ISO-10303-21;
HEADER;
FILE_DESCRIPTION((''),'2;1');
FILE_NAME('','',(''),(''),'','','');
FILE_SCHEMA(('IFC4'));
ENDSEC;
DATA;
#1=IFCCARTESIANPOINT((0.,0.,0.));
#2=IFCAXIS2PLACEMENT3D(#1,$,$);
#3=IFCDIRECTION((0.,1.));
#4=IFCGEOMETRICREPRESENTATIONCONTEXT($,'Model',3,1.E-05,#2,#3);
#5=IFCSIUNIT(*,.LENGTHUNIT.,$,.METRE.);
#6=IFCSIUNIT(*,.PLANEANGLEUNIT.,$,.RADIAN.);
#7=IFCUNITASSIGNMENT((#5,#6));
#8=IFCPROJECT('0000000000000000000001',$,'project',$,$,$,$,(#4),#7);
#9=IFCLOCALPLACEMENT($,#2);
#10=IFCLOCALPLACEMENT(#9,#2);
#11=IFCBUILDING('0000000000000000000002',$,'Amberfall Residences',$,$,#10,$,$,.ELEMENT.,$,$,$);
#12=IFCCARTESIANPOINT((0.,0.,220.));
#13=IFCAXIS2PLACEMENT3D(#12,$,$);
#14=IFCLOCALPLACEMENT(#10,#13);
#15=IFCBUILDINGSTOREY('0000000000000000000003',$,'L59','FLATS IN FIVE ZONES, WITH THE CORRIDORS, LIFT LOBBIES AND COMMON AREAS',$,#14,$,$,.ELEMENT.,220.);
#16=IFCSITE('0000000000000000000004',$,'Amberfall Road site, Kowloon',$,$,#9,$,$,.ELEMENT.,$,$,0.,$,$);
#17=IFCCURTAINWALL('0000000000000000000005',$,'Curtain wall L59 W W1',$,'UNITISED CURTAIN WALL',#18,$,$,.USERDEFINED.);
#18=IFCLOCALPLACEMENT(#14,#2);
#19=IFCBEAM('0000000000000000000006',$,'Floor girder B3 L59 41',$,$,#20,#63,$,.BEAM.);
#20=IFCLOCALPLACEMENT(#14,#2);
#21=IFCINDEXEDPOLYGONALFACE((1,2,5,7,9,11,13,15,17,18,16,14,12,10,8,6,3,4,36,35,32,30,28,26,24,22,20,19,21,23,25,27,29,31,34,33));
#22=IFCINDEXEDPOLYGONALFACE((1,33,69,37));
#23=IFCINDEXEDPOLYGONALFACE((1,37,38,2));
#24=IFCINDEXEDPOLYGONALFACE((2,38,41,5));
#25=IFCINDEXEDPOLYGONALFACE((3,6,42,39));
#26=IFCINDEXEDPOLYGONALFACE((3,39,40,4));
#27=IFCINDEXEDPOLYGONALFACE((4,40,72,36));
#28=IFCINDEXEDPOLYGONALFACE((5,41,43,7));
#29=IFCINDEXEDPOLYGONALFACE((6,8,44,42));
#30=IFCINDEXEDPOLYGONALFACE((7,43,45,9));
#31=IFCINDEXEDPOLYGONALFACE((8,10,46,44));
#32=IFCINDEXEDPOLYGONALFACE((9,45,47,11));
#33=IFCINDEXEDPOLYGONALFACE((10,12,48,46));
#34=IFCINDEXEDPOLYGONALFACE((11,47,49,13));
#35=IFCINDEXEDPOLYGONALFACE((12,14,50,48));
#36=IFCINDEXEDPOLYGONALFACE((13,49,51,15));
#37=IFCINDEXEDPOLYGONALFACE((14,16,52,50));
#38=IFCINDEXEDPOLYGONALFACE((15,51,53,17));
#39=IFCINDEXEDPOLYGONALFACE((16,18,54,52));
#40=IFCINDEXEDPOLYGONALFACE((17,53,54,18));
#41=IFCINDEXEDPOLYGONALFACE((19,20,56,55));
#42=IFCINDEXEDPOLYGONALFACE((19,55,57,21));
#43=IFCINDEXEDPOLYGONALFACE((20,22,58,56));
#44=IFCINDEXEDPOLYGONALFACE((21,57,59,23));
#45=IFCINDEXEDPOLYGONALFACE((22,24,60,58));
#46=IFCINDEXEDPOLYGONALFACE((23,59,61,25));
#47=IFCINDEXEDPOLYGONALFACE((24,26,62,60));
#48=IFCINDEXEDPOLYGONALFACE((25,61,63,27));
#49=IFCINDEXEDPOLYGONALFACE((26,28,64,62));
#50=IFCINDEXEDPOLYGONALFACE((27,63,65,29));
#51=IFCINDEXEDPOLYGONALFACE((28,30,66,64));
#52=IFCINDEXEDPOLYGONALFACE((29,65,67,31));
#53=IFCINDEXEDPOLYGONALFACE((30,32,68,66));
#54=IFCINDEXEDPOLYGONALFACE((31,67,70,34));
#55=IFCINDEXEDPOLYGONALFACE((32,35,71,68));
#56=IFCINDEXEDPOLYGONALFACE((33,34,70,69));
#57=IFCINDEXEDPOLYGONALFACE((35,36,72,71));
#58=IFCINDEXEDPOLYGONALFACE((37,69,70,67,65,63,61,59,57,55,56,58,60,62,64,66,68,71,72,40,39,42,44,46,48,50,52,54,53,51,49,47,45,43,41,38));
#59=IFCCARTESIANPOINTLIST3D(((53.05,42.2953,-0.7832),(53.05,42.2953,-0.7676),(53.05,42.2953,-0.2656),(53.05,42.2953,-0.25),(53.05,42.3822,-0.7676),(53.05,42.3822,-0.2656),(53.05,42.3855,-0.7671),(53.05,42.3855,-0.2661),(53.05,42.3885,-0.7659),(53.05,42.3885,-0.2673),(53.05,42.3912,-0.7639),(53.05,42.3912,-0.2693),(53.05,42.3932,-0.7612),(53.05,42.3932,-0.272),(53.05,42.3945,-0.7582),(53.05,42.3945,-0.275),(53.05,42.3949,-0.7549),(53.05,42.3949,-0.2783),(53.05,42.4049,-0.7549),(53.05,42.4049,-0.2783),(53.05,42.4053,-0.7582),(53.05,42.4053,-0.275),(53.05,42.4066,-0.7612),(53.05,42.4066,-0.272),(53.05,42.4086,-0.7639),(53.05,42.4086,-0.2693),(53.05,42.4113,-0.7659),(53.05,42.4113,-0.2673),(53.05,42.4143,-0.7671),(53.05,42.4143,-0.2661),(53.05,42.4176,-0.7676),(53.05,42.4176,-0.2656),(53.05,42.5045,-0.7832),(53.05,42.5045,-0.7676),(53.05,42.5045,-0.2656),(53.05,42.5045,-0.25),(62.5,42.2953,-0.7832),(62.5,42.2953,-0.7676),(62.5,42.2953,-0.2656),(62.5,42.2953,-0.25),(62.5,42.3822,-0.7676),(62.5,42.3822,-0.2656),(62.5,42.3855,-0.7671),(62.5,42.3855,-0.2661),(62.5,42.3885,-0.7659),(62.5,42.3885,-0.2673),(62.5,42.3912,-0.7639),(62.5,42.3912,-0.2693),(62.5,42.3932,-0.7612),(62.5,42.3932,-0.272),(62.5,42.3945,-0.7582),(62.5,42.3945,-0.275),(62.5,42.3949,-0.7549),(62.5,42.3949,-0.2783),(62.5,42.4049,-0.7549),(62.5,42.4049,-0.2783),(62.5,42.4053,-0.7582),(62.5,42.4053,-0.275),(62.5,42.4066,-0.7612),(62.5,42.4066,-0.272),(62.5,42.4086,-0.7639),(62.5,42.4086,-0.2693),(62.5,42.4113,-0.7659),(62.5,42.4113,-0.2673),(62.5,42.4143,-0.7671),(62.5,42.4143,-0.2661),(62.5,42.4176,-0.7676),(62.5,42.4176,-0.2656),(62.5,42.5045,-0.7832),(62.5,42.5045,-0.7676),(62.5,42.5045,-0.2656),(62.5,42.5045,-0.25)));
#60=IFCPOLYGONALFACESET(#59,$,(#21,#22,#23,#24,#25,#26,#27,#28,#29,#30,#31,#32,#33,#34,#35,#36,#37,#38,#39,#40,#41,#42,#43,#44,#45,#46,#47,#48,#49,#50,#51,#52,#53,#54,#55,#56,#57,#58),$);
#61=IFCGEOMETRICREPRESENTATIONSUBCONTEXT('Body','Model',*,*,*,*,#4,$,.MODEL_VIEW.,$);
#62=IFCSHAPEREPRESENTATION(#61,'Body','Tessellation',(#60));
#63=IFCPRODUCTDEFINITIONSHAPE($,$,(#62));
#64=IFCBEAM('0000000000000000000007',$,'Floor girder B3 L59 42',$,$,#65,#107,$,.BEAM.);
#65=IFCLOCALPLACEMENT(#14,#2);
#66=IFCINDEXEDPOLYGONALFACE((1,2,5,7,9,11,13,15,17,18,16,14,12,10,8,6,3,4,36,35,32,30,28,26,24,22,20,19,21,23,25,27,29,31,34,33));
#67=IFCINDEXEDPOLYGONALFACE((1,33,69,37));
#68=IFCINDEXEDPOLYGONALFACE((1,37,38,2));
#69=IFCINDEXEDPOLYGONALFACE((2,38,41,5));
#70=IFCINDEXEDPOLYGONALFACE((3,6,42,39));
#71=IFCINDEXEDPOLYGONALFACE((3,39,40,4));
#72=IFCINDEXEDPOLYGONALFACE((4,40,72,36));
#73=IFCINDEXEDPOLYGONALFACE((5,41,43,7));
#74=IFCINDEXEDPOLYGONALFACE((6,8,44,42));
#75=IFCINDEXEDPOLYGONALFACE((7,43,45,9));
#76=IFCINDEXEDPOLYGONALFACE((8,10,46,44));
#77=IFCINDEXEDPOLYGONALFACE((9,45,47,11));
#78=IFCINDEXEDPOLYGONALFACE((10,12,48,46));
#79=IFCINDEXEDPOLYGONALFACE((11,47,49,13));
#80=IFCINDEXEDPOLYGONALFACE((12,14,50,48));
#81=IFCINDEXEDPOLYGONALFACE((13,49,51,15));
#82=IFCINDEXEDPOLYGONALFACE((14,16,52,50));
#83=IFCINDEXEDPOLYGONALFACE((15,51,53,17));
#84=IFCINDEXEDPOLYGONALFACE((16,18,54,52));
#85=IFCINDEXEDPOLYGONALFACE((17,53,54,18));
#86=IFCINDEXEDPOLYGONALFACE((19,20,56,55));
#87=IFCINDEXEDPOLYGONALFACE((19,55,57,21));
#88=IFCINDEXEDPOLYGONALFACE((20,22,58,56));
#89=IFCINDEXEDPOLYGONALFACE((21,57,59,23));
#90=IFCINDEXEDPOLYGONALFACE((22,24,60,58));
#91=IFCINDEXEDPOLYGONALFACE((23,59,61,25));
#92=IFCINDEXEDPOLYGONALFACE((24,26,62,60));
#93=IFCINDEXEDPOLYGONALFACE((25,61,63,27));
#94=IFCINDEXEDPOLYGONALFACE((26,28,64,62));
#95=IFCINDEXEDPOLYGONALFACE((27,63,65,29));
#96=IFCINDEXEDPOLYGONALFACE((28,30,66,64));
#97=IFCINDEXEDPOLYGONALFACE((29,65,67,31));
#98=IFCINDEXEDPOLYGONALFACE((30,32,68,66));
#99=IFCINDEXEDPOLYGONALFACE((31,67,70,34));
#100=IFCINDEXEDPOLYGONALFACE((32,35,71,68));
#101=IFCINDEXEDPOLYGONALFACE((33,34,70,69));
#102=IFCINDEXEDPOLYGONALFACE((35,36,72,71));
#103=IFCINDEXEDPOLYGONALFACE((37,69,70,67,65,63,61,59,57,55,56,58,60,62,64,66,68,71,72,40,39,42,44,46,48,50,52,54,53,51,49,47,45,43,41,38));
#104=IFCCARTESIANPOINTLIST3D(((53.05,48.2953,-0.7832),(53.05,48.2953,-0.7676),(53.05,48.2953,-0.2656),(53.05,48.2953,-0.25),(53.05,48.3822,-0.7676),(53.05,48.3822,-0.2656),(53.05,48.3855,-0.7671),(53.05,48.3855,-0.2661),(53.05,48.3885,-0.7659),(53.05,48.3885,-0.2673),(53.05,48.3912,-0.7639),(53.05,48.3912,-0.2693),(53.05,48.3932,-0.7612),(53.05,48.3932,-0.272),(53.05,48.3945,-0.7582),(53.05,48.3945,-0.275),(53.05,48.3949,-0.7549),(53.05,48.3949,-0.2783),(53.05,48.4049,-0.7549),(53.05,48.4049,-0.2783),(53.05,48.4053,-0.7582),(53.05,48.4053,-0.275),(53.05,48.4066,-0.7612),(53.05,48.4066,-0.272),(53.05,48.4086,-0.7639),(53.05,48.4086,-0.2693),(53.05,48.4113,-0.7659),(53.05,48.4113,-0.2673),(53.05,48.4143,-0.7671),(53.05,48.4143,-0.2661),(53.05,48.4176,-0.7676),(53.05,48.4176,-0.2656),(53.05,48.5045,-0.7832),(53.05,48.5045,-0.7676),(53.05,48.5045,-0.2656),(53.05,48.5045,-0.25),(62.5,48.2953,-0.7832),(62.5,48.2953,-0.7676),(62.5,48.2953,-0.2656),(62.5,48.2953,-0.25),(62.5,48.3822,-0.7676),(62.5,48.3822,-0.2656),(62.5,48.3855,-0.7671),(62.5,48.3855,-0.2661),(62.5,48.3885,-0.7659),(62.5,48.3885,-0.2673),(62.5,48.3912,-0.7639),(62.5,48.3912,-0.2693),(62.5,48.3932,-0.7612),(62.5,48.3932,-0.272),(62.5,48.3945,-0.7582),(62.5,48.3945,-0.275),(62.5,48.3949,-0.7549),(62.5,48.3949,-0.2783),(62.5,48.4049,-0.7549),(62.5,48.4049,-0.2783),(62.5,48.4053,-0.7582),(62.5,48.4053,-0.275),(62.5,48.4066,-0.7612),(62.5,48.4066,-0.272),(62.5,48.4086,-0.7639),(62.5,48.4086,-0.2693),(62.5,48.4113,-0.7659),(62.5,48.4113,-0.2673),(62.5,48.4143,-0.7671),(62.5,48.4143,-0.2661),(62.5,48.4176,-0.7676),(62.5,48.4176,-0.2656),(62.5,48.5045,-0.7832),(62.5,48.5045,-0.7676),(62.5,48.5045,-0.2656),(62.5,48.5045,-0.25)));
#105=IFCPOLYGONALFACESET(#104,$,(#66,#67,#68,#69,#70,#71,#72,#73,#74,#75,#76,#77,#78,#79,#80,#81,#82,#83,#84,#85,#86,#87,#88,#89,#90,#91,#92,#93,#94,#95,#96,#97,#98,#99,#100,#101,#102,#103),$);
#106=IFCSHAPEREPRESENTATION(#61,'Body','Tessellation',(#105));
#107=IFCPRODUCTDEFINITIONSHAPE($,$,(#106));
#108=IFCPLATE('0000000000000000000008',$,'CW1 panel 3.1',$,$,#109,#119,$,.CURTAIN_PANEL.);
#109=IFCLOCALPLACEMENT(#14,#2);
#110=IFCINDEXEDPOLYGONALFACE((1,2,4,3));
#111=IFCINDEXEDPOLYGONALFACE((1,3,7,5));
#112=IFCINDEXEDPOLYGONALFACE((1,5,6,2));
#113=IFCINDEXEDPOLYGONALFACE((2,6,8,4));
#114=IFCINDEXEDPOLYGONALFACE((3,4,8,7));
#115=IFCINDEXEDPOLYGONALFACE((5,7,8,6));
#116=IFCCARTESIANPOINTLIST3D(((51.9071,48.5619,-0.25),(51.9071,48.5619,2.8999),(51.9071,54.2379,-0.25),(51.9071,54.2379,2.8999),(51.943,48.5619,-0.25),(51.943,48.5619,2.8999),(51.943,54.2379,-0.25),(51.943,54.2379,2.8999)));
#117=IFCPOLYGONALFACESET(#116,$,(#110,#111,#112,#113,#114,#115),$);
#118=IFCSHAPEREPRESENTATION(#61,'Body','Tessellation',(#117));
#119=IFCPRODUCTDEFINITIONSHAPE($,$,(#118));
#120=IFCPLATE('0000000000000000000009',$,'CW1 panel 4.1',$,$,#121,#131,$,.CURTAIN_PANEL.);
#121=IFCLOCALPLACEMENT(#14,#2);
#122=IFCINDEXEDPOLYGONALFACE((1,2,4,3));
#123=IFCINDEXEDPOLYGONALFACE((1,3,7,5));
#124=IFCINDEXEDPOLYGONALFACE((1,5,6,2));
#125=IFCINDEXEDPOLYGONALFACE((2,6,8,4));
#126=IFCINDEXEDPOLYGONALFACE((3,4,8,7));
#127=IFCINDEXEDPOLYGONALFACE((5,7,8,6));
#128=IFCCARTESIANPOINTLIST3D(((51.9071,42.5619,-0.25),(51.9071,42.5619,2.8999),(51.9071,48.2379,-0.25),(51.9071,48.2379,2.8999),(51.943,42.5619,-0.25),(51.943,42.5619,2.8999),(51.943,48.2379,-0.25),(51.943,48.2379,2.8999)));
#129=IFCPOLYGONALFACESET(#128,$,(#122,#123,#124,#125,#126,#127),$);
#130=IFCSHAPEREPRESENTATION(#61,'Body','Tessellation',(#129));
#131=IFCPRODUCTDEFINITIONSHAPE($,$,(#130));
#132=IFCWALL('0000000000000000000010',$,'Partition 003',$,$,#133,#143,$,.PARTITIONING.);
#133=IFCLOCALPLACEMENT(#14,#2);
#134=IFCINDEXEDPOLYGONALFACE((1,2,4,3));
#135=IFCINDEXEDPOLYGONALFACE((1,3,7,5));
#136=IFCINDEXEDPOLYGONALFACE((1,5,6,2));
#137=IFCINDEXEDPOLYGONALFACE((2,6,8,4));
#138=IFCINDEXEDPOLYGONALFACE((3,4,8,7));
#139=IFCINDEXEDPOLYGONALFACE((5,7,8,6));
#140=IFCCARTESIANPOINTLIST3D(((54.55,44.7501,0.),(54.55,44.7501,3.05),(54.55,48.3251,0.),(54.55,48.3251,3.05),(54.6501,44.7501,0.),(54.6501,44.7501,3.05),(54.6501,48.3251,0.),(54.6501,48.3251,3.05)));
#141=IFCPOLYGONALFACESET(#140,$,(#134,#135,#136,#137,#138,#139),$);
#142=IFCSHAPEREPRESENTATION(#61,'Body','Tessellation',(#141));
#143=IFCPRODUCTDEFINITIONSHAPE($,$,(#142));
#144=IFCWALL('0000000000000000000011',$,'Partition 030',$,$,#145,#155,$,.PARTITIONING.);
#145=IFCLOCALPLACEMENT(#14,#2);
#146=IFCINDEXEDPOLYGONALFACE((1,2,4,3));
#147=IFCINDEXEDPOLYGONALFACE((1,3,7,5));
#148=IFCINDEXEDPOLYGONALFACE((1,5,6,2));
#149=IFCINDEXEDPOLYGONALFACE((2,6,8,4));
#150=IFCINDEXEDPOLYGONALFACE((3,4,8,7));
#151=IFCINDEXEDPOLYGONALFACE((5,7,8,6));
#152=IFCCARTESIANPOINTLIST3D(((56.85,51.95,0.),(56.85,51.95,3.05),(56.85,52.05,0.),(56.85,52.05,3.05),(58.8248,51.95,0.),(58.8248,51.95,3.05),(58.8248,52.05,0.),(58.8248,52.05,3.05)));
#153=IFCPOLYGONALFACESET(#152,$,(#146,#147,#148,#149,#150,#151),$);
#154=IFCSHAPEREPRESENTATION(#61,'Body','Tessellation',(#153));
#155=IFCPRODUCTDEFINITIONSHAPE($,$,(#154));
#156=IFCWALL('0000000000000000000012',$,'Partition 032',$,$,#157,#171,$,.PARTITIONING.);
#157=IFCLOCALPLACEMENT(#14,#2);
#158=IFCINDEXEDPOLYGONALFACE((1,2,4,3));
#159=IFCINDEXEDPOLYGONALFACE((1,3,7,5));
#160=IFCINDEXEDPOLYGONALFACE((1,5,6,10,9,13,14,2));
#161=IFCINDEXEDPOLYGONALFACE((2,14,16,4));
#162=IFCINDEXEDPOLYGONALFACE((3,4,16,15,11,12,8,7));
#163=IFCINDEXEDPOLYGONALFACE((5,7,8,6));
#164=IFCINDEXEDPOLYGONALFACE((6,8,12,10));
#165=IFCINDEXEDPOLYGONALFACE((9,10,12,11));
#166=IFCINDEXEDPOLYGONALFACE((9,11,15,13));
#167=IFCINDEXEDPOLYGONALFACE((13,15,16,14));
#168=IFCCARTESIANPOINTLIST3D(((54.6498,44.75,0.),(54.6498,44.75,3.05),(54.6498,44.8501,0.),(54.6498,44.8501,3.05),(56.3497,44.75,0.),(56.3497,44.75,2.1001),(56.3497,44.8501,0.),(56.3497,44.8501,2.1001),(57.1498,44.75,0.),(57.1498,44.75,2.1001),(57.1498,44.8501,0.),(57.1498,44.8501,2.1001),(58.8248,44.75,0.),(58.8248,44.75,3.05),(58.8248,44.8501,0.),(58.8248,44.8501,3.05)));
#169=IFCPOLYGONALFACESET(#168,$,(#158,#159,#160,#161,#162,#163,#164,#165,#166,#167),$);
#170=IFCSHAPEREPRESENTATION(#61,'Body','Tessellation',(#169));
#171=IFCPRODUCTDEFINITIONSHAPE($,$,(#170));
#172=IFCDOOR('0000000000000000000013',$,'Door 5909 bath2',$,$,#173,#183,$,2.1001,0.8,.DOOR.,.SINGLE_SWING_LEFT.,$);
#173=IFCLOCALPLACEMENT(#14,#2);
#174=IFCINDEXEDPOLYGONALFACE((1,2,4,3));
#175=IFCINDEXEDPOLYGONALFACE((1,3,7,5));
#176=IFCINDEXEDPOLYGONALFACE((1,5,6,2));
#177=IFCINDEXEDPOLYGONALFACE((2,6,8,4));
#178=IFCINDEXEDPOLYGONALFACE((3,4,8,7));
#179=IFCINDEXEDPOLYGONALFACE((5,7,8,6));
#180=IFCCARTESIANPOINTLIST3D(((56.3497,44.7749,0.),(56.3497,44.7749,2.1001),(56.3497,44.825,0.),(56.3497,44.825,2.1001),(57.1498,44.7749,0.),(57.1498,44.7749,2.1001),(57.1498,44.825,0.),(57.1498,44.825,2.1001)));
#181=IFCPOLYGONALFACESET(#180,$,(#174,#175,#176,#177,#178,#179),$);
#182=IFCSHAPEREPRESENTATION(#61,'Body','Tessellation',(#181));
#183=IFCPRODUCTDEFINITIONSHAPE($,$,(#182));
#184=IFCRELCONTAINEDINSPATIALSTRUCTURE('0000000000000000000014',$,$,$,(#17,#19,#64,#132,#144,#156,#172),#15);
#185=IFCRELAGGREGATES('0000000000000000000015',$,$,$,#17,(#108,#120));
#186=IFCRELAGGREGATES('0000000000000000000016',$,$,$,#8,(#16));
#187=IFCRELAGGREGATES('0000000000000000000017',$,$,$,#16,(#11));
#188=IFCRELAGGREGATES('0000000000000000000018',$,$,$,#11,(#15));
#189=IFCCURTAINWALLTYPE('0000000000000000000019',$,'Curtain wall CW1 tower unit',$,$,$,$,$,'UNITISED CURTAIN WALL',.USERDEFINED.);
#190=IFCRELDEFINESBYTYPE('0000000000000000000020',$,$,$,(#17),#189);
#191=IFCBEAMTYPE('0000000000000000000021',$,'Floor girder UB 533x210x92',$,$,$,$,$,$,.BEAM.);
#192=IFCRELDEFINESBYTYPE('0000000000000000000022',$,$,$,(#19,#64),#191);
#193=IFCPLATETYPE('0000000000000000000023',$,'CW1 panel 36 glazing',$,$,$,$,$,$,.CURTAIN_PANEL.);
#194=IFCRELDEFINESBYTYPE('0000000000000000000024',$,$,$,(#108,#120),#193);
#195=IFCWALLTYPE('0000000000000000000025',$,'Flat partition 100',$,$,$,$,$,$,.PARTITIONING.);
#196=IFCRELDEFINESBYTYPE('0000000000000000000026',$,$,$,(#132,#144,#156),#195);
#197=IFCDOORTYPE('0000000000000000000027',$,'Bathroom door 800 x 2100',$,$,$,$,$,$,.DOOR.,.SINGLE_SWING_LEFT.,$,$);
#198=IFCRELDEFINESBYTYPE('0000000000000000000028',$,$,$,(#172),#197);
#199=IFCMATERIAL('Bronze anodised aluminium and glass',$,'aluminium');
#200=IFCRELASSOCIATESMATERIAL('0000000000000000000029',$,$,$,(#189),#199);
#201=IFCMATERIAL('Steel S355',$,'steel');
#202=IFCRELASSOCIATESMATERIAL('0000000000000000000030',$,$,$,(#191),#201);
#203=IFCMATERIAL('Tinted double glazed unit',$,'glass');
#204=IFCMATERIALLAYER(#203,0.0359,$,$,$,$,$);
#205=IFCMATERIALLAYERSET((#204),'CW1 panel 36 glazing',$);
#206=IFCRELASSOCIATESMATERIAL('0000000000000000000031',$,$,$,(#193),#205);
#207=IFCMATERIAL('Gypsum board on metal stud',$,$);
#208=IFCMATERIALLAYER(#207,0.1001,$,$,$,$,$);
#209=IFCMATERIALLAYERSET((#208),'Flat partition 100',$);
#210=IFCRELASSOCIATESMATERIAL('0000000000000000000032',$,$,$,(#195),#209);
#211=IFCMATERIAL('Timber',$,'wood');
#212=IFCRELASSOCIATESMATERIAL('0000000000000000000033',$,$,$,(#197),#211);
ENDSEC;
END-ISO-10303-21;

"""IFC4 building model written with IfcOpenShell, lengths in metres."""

from ifc_helpers import new_model, si_unit, direction, frame, frame_2d, origin, origin_2d, place, context, subcontext, project, spatial, rectangle, i_section, extrude, material, layer, layer_set, material_profile, profile_set, type_object, element, fill, aggregate, save


model = new_model("IFC4")

# Units and contexts
model_context = context("Model", 3, precision=1e-05, world=origin(), true_north=direction((0.0, 1.0)))
body_context = subcontext(model_context, "Body", "Model", "MODEL_VIEW")
ifc_project = project(units=[si_unit("LENGTHUNIT", "METRE"), si_unit("PLANEANGLEUNIT", "RADIAN")], contexts=[model_context])

# Site, building, storey
site_placement = place(None, origin())
site = spatial("IfcSite", under=ifc_project, at=site_placement, Name="Amberfall Road site, Kowloon", CompositionType="ELEMENT", RefElevation=0.0)
building_placement = place(site_placement, origin())
building = spatial("IfcBuilding", under=site, at=building_placement, Name="Amberfall Residences", CompositionType="ELEMENT")
storey_placement = place(building_placement, frame((0.0, 0.0, 220.0)))
storey = spatial("IfcBuildingStorey", under=building, at=storey_placement, Name="L59", Description="FLATS IN FIVE ZONES, WITH THE CORRIDORS, LIFT LOBBIES AND COMMON AREAS", CompositionType="ELEMENT", Elevation=220.0)

# Curtain wall
ifc_material_1 = material(Name="Bronze anodised aluminium and glass", Category="aluminium")
curtain_wall_type = type_object("IfcCurtainWallType", Name="Curtain wall CW1 tower unit", ElementType="UNITISED CURTAIN WALL", PredefinedType="USERDEFINED", material=ifc_material_1)
curtain_wall_placement = place(storey_placement, origin())
curtain_wall = element("IfcCurtainWall", 1, at=curtain_wall_placement, inside=storey, type_object=curtain_wall_type, Name="Curtain wall L59 W W1", ObjectType="UNITISED CURTAIN WALL", PredefinedType="USERDEFINED")

# Shared definitions
ifc_material_2 = material(Name="Steel S355", Category="steel")

# Beams
ifc_material_profile_1 = material_profile(ifc_material_2, i_section(OverallWidth=0.2092, OverallDepth=0.5332, WebThickness=0.01, FlangeThickness=0.0156, FilletRadius=0.0127, at=origin_2d()), Name="UB 533x210x92")
ifc_profile_set_1 = profile_set([ifc_material_profile_1], Name="Steel S355")
beam_type_1 = type_object("IfcBeamType", Name="Floor girder UB 533x210x92", PredefinedType="BEAM", material=ifc_profile_set_1)
for number, where, z_axis, x_axis, name in (
    (2, (53.05, 42.3999, -0.5166), (1.0, 0.0, 0.0), (0.0, 1.0, 0.0), "Floor girder B3 L59 41"),
    (3, (53.05, 48.3999, -0.5166), (1.0, 0.0, 0.0), (0.0, 1.0, 0.0), "Floor girder B3 L59 42"),
):
    element("IfcBeam", number, at=place(storey_placement, frame(where, z_axis=z_axis, x_axis=x_axis)), inside=storey, type_object=beam_type_1, Name=name, PredefinedType="BEAM", context=body_context, shape_type="SweptSolid", body=[
        extrude(i_section(OverallWidth=0.2092, OverallDepth=0.5332, WebThickness=0.01, FlangeThickness=0.0156, FilletRadius=0.0127, at=origin_2d()), origin(), (0.0, 0.0, 1.0), 9.45),
    ])

# Plates
ifc_material_3 = material(Name="Tinted double glazed unit", Category="glass")
ifc_layer_1 = layer(ifc_material_3, 0.0359)
ifc_layer_set_1 = layer_set([ifc_layer_1], Name="CW1 panel 36 glazing")
plate_type = type_object("IfcPlateType", Name="CW1 panel 36 glazing", PredefinedType="CURTAIN_PANEL", material=ifc_layer_set_1)
plate_1_placement = place(storey_placement, frame((51.925, 51.3999, -0.25), z_axis=(0.0, 0.0, 1.0), x_axis=(0.0, -1.0, 0.0)))
plate_1 = element("IfcPlate", 4, at=plate_1_placement, type_object=plate_type, Name="CW1 panel 3.1", PredefinedType="CURTAIN_PANEL", context=body_context, shape_type="SweptSolid", body=[
    extrude(rectangle(XDim=5.676, YDim=0.0359, at=origin_2d()), origin(), (0.0, 0.0, 1.0), 3.1499),
])
plate_2_placement = place(storey_placement, frame((51.925, 45.3999, -0.25), z_axis=(0.0, 0.0, 1.0), x_axis=(0.0, -1.0, 0.0)))
plate_2 = element("IfcPlate", 5, at=plate_2_placement, type_object=plate_type, Name="CW1 panel 4.1", PredefinedType="CURTAIN_PANEL", context=body_context, shape_type="SweptSolid", body=[
    extrude(rectangle(XDim=5.676, YDim=0.0359, at=origin_2d()), origin(), (0.0, 0.0, 1.0), 3.1499),
])
aggregate(curtain_wall, [plate_1, plate_2])

# Walls
ifc_material_4 = material(Name="Gypsum board on metal stud")
ifc_layer_2 = layer(ifc_material_4, 0.1001)
ifc_layer_set_2 = layer_set([ifc_layer_2], Name="Flat partition 100")
wall_type_1 = type_object("IfcWallType", Name="Flat partition 100", PredefinedType="PARTITIONING", material=ifc_layer_set_2)
wall_1_placement = place(storey_placement, frame((54.6001, 44.75, 0.0), z_axis=(0.0, 0.0, 1.0), x_axis=(0.0, 1.0, 0.0)))
element("IfcWall", 6, at=wall_1_placement, inside=storey, type_object=wall_type_1, Name="Partition 003", PredefinedType="PARTITIONING", context=body_context, shape_type="SweptSolid", body=[
    extrude(rectangle(XDim=3.575, YDim=0.1001, at=frame_2d((1.7876, 0.0))), origin(), (0.0, 0.0, 1.0), 3.05),
])
wall_2_placement = place(storey_placement, frame((56.8501, 52.0, 0.0), z_axis=(0.0, 0.0, 1.0), x_axis=(1.0, 0.0, 0.0)))
element("IfcWall", 7, at=wall_2_placement, inside=storey, type_object=wall_type_1, Name="Partition 030", PredefinedType="PARTITIONING", context=body_context, shape_type="SweptSolid", body=[
    extrude(rectangle(XDim=1.9749, YDim=0.1001, at=frame_2d((0.9873, 0.0))), origin(), (0.0, 0.0, 1.0), 3.05),
])

# Wall, opening, door
wall_3_placement = place(storey_placement, frame((54.6499, 44.8, 0.0), z_axis=(0.0, 0.0, 1.0), x_axis=(1.0, 0.0, 0.0)))
wall_3 = element("IfcWall", 8, at=wall_3_placement, inside=storey, type_object=wall_type_1, Name="Partition 032", PredefinedType="PARTITIONING", context=body_context, shape_type="SweptSolid", body=[
    extrude(rectangle(XDim=4.175, YDim=0.1001, at=frame_2d((2.0874, 0.0))), origin(), (0.0, 0.0, 1.0), 3.05),
])
opening_1_placement = place(wall_3_placement, frame((1.7, 0.0, 0.0)))
opening_1 = element("IfcOpeningElement", 9, at=opening_1_placement, cuts=wall_3, PredefinedType="OPENING", context=body_context, shape_type="SweptSolid", body=[
    extrude(rectangle(XDim=0.8, YDim=2.1001, at=frame_2d((0.3999, 1.05))), frame((0.0, 0.0601, 0.0), z_axis=(0.0, -1.0, 0.0), x_axis=(1.0, 0.0, 0.0)), (0.0, 0.0, 1.0), 0.1201),
])
ifc_material_5 = material(Name="Timber", Category="wood")
door_type_1 = type_object("IfcDoorType", Name="Bathroom door 800 x 2100", OperationType="SINGLE_SWING_LEFT", PredefinedType="DOOR", material=ifc_material_5)
door_1_placement = place(opening_1_placement, origin())
door_1 = element("IfcDoor", 10, at=door_1_placement, inside=storey, type_object=door_type_1, Name="Door 5909 bath2", OperationType="SINGLE_SWING_LEFT", OverallHeight=2.1001, OverallWidth=0.8, PredefinedType="DOOR", context=body_context, shape_type="SweptSolid", body=[
    extrude(rectangle(XDim=0.8, YDim=2.1001, at=frame_2d((0.3999, 1.05))), frame((0.0, 0.0249, 0.0), z_axis=(0.0, -1.0, 0.0), x_axis=(1.0, 0.0, 0.0)), (0.0, 0.0, 1.0), 0.05),
])
fill(opening_1, door_1)

save(model, "model.ifc")
